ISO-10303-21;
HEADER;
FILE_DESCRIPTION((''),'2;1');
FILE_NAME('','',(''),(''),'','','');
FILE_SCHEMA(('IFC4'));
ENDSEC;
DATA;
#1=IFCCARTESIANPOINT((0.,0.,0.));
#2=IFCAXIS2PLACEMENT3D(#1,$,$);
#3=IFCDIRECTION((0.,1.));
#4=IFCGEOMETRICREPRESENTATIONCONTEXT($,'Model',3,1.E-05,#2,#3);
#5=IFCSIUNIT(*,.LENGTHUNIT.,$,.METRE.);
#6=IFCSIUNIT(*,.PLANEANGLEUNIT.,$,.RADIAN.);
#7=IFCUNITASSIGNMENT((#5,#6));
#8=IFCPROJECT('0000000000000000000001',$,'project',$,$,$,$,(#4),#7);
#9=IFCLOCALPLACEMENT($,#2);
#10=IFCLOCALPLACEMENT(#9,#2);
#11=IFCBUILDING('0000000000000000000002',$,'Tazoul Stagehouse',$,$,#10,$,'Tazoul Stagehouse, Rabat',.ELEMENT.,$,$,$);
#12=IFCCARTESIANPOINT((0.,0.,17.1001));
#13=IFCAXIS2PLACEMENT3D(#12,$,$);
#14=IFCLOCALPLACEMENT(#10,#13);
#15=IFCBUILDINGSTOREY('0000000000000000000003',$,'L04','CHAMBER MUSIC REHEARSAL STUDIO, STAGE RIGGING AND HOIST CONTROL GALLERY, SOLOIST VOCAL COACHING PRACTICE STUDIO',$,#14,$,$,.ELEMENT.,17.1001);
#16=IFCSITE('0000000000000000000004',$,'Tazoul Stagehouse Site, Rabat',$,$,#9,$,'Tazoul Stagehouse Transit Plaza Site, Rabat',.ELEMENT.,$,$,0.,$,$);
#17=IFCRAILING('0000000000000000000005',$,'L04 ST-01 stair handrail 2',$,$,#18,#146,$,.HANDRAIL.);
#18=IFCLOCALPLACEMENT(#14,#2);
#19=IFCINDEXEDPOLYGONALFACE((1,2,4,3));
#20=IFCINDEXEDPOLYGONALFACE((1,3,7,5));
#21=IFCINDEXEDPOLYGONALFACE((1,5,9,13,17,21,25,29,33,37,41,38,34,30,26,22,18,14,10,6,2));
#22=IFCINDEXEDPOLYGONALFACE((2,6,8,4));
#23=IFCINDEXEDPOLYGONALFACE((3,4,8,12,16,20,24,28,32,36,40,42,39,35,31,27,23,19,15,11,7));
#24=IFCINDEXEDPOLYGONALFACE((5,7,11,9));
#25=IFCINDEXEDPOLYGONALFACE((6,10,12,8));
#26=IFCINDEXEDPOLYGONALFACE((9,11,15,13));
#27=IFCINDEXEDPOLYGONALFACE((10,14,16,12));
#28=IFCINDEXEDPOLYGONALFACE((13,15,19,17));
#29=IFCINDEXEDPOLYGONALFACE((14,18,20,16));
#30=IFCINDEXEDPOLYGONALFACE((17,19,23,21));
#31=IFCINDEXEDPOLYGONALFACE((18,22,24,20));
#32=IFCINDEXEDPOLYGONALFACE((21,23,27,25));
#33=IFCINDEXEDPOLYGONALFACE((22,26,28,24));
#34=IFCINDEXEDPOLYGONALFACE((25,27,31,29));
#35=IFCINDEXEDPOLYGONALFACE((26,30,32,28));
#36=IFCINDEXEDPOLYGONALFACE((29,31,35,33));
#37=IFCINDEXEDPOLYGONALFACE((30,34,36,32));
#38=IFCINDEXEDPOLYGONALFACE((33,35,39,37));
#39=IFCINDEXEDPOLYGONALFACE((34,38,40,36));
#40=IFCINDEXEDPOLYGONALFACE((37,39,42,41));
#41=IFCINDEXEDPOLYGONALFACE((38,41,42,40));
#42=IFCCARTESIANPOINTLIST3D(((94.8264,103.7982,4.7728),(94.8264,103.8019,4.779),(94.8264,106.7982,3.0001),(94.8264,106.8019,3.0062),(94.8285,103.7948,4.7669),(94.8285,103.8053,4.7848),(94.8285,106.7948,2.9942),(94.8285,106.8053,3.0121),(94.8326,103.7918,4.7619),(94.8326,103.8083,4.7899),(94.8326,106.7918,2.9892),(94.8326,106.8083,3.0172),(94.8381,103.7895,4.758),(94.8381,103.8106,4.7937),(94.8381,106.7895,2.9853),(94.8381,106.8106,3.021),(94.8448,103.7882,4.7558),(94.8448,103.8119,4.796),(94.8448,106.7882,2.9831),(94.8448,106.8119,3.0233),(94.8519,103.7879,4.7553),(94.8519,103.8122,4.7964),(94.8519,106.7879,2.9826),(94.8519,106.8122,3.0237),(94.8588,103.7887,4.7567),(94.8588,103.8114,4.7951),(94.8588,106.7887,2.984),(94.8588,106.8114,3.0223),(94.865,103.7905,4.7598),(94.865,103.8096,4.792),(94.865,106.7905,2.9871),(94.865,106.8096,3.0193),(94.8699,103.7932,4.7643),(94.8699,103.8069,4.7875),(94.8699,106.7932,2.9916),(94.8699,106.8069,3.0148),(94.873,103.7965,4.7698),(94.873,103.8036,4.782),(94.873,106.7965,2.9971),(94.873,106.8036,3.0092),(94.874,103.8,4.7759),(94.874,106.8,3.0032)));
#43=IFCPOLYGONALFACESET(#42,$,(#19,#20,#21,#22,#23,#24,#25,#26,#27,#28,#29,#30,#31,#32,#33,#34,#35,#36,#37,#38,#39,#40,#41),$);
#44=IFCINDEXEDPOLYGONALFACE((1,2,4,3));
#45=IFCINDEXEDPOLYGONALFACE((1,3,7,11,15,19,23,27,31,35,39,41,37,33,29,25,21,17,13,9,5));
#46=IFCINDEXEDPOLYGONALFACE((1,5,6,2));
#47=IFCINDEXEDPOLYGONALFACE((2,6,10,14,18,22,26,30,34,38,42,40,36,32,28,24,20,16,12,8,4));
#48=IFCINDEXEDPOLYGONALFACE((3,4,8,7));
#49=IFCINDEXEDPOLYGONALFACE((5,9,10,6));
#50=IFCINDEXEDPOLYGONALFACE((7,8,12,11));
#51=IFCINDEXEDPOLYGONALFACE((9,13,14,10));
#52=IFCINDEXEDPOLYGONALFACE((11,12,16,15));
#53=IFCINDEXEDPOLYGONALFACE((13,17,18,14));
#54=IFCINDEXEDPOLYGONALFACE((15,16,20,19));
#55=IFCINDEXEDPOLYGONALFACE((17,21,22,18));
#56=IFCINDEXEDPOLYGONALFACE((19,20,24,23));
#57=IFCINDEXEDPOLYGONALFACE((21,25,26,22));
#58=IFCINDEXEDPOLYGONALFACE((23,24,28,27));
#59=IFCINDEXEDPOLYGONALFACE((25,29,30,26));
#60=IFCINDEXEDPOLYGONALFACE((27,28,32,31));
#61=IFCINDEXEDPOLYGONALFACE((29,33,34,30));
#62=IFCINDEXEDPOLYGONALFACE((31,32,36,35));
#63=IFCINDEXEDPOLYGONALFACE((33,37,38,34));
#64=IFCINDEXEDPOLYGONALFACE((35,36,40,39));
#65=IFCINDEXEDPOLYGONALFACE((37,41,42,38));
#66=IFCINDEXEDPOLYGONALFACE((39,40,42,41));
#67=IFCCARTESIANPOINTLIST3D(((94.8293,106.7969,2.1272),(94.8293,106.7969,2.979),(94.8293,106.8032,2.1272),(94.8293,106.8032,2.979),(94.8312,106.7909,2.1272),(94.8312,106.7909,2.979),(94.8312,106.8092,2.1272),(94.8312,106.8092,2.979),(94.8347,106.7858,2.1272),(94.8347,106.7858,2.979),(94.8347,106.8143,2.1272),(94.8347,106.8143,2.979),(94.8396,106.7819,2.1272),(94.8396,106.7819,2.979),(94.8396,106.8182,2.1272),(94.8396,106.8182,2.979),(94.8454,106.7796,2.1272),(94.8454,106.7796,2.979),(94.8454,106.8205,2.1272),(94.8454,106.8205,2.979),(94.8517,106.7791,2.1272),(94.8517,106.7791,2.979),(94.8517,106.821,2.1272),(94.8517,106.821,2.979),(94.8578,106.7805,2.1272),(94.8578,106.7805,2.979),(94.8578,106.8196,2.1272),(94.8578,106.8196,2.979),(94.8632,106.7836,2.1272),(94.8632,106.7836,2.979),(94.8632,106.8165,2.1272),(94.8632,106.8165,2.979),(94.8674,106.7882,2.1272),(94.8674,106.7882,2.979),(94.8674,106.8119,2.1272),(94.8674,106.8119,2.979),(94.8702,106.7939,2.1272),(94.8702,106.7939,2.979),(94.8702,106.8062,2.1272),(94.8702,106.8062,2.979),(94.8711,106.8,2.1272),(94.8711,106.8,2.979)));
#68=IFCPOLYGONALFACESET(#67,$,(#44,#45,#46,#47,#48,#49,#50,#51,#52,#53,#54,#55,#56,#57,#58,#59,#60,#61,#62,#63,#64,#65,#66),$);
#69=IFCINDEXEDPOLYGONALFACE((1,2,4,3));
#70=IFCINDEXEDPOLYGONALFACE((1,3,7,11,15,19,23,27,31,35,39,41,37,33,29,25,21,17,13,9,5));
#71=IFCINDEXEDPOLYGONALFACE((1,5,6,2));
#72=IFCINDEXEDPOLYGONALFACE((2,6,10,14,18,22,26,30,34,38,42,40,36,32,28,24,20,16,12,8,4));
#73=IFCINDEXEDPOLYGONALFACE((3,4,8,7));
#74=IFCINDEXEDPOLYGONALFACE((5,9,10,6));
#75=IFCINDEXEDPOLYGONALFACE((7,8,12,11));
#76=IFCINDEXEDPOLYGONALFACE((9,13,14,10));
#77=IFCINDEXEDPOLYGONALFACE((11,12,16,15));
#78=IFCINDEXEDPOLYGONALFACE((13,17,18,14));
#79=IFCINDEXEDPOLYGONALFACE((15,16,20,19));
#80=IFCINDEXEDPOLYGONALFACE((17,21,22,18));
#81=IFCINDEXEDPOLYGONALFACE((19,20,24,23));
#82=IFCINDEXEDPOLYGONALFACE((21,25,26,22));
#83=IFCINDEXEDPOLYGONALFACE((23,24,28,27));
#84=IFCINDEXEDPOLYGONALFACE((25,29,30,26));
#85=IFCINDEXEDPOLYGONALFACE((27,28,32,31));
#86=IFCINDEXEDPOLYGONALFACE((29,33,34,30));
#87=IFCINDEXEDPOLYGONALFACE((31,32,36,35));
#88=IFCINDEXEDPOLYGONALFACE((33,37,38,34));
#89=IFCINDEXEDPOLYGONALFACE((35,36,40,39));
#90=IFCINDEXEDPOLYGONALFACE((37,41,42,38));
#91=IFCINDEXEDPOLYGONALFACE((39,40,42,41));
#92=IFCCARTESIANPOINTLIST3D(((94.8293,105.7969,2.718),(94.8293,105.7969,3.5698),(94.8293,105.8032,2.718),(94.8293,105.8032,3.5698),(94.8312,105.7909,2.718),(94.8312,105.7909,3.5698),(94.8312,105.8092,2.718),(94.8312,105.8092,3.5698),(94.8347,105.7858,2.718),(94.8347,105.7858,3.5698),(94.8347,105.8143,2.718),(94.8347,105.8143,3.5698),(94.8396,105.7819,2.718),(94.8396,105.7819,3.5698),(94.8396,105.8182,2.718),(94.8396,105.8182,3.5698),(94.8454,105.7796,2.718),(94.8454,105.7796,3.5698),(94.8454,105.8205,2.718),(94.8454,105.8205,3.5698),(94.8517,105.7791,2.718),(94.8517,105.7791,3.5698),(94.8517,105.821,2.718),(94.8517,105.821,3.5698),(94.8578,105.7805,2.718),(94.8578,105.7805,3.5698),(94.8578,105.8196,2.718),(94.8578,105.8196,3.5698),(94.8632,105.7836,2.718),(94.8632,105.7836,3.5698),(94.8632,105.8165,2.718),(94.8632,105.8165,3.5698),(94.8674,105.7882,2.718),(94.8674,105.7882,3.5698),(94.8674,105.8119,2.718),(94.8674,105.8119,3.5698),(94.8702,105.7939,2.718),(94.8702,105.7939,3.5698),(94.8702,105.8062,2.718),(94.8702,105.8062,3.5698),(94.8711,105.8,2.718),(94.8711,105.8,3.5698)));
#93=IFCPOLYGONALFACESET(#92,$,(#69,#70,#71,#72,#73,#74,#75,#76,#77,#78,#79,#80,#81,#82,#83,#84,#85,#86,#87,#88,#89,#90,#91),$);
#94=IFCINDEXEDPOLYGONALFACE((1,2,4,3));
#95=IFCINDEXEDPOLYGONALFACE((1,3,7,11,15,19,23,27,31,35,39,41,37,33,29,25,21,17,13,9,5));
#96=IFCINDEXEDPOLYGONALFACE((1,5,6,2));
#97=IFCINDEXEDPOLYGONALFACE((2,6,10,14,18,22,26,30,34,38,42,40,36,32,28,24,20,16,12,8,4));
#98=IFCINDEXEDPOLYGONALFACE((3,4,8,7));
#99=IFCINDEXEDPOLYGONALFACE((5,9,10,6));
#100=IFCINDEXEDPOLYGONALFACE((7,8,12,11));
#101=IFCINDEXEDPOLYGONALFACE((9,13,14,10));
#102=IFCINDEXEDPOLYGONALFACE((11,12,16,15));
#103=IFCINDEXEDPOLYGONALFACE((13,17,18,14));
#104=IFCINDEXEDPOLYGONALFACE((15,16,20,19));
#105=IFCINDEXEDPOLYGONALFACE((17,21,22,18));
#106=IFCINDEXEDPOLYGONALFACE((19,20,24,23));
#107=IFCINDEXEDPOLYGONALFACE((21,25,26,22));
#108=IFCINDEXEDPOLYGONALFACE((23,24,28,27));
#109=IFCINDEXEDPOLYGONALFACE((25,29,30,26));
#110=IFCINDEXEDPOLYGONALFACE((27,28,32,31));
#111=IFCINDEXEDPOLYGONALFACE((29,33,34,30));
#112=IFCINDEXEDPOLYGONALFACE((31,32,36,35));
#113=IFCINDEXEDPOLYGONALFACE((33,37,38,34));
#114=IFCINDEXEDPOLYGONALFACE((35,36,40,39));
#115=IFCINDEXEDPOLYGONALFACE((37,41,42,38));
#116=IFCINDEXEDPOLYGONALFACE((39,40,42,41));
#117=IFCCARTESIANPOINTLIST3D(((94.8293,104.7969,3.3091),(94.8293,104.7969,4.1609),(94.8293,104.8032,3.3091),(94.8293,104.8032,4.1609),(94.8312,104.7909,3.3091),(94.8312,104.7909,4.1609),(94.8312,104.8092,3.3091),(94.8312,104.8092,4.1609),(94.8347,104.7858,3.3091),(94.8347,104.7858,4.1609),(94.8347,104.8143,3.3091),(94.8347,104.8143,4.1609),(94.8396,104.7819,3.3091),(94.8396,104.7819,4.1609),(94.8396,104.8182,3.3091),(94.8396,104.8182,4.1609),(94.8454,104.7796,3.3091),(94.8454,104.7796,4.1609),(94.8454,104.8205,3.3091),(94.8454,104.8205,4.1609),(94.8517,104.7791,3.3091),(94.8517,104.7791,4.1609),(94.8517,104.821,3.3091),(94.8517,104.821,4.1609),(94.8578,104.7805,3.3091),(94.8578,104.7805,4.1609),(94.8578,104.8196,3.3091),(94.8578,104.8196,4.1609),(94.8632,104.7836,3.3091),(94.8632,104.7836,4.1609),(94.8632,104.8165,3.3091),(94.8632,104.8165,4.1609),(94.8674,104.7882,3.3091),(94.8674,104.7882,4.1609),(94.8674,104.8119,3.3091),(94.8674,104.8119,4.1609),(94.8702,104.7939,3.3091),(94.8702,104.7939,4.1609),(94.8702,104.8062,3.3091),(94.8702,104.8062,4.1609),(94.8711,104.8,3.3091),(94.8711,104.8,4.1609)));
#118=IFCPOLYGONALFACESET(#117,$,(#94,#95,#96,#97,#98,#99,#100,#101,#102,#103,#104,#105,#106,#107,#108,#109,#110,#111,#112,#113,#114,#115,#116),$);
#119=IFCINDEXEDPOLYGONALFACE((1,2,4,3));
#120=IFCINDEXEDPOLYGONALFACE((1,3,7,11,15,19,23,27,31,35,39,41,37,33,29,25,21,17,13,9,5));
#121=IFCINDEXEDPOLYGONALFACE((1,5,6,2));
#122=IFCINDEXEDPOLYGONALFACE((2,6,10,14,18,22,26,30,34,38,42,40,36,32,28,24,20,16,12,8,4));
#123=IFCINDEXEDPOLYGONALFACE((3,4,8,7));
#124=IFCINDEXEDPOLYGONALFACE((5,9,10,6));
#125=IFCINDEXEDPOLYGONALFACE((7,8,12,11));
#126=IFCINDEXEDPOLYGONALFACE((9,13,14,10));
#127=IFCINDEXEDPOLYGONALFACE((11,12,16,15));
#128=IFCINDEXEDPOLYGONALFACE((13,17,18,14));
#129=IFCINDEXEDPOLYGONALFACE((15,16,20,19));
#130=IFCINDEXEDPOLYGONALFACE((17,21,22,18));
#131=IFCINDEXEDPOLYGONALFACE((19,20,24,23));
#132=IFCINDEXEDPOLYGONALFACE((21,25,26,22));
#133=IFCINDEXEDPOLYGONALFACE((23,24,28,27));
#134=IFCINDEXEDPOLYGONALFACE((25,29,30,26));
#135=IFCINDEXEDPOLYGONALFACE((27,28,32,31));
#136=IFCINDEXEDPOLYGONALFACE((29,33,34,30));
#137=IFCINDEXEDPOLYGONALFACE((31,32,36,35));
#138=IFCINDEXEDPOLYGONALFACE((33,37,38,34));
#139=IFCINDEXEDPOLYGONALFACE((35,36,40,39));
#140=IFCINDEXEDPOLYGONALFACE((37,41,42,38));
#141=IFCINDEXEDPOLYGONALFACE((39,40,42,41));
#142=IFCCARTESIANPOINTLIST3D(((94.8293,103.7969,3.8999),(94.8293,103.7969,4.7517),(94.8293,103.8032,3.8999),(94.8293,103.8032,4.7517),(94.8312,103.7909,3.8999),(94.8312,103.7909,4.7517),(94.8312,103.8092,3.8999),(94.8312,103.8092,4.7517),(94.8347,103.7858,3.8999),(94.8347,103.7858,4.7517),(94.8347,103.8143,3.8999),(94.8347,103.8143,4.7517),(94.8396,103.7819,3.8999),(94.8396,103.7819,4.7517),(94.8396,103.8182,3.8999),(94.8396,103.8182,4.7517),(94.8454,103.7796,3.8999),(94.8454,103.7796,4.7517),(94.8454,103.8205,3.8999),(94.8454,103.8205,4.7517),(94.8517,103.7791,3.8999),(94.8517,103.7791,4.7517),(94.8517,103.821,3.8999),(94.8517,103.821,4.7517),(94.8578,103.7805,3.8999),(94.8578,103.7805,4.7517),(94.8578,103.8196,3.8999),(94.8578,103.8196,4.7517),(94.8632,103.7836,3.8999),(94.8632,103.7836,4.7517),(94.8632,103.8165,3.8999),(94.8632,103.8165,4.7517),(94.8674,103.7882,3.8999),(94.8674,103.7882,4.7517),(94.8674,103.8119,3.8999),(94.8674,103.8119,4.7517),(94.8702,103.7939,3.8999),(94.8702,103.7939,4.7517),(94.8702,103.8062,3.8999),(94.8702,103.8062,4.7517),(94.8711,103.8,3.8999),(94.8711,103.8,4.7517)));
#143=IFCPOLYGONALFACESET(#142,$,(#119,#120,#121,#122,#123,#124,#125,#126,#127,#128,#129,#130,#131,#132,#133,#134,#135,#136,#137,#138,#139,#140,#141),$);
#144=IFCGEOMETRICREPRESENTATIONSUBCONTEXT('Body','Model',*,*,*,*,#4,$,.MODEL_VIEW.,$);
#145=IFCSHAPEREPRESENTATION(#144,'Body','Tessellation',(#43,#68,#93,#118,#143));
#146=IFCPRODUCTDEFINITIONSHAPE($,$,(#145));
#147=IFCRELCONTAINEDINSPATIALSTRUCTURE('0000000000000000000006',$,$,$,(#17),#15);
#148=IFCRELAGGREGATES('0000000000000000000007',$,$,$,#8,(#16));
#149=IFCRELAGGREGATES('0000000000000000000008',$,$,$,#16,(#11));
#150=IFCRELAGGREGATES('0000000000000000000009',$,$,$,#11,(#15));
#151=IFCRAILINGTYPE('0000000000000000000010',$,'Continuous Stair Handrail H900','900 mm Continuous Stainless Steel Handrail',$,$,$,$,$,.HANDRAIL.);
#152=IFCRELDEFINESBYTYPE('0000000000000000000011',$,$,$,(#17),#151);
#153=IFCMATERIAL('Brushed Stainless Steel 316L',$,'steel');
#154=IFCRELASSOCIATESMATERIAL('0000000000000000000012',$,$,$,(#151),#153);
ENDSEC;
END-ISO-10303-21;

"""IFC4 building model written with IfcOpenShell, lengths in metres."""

from ifc_helpers import new_model, si_unit, direction, frame, origin, origin_2d, place, context, subcontext, project, spatial, circle, extrude, material, material_profile, profile_set, type_object, element, save


model = new_model("IFC4")

# Units and contexts
model_context = context("Model", 3, precision=1e-05, world=origin(), true_north=direction((0.0, 1.0)))
body_context = subcontext(model_context, "Body", "Model", "MODEL_VIEW")
ifc_project = project(units=[si_unit("LENGTHUNIT", "METRE"), si_unit("PLANEANGLEUNIT", "RADIAN")], contexts=[model_context])

# Site, building, storey
site_placement = place(None, origin())
site = spatial("IfcSite", under=ifc_project, at=site_placement, Name="Tazoul Stagehouse Site, Rabat", LongName="Tazoul Stagehouse Transit Plaza Site, Rabat", CompositionType="ELEMENT", RefElevation=0.0)
building_placement = place(site_placement, origin())
building = spatial("IfcBuilding", under=site, at=building_placement, Name="Tazoul Stagehouse", LongName="Tazoul Stagehouse, Rabat", CompositionType="ELEMENT")
storey_placement = place(building_placement, frame((0.0, 0.0, 17.1001)))
storey = spatial("IfcBuildingStorey", under=building, at=storey_placement, Name="L04", Description="CHAMBER MUSIC REHEARSAL STUDIO, STAGE RIGGING AND HOIST CONTROL GALLERY, SOLOIST VOCAL COACHING PRACTICE STUDIO", CompositionType="ELEMENT", Elevation=17.1001)

# Railing
ifc_material_1 = material(Name="Brushed Stainless Steel 316L", Category="steel")
ifc_material_profile_1 = material_profile(ifc_material_1, circle(Radius=0.021, at=origin_2d()), Name="SS HANDRAIL D42")
ifc_profile_set_1 = profile_set([ifc_material_profile_1], Name="Brushed Stainless Steel 316L")
railing_type_1 = type_object("IfcRailingType", Name="Continuous Stair Handrail H900", Description="900 mm Continuous Stainless Steel Handrail", PredefinedType="HANDRAIL", material=ifc_profile_set_1)
railing_1_placement = place(storey_placement, frame((94.8501, 106.8, 2.1272)))
element("IfcRailing", 1, at=railing_1_placement, inside=storey, type_object=railing_type_1, Name="L04 ST-01 stair handrail 2", PredefinedType="HANDRAIL", context=body_context, shape_type="SweptSolid", body=[
    extrude(circle(Radius=0.0239, at=origin_2d()), frame((0.0, 0.0, 0.876), z_axis=(0.0, -0.860929, 0.508725), x_axis=(1.0, 0.0, 0.0)), (0.0, 0.0, 1.0), 3.4846),
    extrude(circle(Radius=0.021, at=origin_2d()), origin(), (0.0, 0.0, 1.0), 0.8518),
    extrude(circle(Radius=0.021, at=origin_2d()), frame((0.0, -1.0, 0.5908)), (0.0, 0.0, 1.0), 0.8518),
    extrude(circle(Radius=0.021, at=origin_2d()), frame((0.0, -2.0, 1.1819)), (0.0, 0.0, 1.0), 0.8518),
    extrude(circle(Radius=0.021, at=origin_2d()), frame((0.0, -3.0, 1.7727)), (0.0, 0.0, 1.0), 0.8518),
])

save(model, "model.ifc")
